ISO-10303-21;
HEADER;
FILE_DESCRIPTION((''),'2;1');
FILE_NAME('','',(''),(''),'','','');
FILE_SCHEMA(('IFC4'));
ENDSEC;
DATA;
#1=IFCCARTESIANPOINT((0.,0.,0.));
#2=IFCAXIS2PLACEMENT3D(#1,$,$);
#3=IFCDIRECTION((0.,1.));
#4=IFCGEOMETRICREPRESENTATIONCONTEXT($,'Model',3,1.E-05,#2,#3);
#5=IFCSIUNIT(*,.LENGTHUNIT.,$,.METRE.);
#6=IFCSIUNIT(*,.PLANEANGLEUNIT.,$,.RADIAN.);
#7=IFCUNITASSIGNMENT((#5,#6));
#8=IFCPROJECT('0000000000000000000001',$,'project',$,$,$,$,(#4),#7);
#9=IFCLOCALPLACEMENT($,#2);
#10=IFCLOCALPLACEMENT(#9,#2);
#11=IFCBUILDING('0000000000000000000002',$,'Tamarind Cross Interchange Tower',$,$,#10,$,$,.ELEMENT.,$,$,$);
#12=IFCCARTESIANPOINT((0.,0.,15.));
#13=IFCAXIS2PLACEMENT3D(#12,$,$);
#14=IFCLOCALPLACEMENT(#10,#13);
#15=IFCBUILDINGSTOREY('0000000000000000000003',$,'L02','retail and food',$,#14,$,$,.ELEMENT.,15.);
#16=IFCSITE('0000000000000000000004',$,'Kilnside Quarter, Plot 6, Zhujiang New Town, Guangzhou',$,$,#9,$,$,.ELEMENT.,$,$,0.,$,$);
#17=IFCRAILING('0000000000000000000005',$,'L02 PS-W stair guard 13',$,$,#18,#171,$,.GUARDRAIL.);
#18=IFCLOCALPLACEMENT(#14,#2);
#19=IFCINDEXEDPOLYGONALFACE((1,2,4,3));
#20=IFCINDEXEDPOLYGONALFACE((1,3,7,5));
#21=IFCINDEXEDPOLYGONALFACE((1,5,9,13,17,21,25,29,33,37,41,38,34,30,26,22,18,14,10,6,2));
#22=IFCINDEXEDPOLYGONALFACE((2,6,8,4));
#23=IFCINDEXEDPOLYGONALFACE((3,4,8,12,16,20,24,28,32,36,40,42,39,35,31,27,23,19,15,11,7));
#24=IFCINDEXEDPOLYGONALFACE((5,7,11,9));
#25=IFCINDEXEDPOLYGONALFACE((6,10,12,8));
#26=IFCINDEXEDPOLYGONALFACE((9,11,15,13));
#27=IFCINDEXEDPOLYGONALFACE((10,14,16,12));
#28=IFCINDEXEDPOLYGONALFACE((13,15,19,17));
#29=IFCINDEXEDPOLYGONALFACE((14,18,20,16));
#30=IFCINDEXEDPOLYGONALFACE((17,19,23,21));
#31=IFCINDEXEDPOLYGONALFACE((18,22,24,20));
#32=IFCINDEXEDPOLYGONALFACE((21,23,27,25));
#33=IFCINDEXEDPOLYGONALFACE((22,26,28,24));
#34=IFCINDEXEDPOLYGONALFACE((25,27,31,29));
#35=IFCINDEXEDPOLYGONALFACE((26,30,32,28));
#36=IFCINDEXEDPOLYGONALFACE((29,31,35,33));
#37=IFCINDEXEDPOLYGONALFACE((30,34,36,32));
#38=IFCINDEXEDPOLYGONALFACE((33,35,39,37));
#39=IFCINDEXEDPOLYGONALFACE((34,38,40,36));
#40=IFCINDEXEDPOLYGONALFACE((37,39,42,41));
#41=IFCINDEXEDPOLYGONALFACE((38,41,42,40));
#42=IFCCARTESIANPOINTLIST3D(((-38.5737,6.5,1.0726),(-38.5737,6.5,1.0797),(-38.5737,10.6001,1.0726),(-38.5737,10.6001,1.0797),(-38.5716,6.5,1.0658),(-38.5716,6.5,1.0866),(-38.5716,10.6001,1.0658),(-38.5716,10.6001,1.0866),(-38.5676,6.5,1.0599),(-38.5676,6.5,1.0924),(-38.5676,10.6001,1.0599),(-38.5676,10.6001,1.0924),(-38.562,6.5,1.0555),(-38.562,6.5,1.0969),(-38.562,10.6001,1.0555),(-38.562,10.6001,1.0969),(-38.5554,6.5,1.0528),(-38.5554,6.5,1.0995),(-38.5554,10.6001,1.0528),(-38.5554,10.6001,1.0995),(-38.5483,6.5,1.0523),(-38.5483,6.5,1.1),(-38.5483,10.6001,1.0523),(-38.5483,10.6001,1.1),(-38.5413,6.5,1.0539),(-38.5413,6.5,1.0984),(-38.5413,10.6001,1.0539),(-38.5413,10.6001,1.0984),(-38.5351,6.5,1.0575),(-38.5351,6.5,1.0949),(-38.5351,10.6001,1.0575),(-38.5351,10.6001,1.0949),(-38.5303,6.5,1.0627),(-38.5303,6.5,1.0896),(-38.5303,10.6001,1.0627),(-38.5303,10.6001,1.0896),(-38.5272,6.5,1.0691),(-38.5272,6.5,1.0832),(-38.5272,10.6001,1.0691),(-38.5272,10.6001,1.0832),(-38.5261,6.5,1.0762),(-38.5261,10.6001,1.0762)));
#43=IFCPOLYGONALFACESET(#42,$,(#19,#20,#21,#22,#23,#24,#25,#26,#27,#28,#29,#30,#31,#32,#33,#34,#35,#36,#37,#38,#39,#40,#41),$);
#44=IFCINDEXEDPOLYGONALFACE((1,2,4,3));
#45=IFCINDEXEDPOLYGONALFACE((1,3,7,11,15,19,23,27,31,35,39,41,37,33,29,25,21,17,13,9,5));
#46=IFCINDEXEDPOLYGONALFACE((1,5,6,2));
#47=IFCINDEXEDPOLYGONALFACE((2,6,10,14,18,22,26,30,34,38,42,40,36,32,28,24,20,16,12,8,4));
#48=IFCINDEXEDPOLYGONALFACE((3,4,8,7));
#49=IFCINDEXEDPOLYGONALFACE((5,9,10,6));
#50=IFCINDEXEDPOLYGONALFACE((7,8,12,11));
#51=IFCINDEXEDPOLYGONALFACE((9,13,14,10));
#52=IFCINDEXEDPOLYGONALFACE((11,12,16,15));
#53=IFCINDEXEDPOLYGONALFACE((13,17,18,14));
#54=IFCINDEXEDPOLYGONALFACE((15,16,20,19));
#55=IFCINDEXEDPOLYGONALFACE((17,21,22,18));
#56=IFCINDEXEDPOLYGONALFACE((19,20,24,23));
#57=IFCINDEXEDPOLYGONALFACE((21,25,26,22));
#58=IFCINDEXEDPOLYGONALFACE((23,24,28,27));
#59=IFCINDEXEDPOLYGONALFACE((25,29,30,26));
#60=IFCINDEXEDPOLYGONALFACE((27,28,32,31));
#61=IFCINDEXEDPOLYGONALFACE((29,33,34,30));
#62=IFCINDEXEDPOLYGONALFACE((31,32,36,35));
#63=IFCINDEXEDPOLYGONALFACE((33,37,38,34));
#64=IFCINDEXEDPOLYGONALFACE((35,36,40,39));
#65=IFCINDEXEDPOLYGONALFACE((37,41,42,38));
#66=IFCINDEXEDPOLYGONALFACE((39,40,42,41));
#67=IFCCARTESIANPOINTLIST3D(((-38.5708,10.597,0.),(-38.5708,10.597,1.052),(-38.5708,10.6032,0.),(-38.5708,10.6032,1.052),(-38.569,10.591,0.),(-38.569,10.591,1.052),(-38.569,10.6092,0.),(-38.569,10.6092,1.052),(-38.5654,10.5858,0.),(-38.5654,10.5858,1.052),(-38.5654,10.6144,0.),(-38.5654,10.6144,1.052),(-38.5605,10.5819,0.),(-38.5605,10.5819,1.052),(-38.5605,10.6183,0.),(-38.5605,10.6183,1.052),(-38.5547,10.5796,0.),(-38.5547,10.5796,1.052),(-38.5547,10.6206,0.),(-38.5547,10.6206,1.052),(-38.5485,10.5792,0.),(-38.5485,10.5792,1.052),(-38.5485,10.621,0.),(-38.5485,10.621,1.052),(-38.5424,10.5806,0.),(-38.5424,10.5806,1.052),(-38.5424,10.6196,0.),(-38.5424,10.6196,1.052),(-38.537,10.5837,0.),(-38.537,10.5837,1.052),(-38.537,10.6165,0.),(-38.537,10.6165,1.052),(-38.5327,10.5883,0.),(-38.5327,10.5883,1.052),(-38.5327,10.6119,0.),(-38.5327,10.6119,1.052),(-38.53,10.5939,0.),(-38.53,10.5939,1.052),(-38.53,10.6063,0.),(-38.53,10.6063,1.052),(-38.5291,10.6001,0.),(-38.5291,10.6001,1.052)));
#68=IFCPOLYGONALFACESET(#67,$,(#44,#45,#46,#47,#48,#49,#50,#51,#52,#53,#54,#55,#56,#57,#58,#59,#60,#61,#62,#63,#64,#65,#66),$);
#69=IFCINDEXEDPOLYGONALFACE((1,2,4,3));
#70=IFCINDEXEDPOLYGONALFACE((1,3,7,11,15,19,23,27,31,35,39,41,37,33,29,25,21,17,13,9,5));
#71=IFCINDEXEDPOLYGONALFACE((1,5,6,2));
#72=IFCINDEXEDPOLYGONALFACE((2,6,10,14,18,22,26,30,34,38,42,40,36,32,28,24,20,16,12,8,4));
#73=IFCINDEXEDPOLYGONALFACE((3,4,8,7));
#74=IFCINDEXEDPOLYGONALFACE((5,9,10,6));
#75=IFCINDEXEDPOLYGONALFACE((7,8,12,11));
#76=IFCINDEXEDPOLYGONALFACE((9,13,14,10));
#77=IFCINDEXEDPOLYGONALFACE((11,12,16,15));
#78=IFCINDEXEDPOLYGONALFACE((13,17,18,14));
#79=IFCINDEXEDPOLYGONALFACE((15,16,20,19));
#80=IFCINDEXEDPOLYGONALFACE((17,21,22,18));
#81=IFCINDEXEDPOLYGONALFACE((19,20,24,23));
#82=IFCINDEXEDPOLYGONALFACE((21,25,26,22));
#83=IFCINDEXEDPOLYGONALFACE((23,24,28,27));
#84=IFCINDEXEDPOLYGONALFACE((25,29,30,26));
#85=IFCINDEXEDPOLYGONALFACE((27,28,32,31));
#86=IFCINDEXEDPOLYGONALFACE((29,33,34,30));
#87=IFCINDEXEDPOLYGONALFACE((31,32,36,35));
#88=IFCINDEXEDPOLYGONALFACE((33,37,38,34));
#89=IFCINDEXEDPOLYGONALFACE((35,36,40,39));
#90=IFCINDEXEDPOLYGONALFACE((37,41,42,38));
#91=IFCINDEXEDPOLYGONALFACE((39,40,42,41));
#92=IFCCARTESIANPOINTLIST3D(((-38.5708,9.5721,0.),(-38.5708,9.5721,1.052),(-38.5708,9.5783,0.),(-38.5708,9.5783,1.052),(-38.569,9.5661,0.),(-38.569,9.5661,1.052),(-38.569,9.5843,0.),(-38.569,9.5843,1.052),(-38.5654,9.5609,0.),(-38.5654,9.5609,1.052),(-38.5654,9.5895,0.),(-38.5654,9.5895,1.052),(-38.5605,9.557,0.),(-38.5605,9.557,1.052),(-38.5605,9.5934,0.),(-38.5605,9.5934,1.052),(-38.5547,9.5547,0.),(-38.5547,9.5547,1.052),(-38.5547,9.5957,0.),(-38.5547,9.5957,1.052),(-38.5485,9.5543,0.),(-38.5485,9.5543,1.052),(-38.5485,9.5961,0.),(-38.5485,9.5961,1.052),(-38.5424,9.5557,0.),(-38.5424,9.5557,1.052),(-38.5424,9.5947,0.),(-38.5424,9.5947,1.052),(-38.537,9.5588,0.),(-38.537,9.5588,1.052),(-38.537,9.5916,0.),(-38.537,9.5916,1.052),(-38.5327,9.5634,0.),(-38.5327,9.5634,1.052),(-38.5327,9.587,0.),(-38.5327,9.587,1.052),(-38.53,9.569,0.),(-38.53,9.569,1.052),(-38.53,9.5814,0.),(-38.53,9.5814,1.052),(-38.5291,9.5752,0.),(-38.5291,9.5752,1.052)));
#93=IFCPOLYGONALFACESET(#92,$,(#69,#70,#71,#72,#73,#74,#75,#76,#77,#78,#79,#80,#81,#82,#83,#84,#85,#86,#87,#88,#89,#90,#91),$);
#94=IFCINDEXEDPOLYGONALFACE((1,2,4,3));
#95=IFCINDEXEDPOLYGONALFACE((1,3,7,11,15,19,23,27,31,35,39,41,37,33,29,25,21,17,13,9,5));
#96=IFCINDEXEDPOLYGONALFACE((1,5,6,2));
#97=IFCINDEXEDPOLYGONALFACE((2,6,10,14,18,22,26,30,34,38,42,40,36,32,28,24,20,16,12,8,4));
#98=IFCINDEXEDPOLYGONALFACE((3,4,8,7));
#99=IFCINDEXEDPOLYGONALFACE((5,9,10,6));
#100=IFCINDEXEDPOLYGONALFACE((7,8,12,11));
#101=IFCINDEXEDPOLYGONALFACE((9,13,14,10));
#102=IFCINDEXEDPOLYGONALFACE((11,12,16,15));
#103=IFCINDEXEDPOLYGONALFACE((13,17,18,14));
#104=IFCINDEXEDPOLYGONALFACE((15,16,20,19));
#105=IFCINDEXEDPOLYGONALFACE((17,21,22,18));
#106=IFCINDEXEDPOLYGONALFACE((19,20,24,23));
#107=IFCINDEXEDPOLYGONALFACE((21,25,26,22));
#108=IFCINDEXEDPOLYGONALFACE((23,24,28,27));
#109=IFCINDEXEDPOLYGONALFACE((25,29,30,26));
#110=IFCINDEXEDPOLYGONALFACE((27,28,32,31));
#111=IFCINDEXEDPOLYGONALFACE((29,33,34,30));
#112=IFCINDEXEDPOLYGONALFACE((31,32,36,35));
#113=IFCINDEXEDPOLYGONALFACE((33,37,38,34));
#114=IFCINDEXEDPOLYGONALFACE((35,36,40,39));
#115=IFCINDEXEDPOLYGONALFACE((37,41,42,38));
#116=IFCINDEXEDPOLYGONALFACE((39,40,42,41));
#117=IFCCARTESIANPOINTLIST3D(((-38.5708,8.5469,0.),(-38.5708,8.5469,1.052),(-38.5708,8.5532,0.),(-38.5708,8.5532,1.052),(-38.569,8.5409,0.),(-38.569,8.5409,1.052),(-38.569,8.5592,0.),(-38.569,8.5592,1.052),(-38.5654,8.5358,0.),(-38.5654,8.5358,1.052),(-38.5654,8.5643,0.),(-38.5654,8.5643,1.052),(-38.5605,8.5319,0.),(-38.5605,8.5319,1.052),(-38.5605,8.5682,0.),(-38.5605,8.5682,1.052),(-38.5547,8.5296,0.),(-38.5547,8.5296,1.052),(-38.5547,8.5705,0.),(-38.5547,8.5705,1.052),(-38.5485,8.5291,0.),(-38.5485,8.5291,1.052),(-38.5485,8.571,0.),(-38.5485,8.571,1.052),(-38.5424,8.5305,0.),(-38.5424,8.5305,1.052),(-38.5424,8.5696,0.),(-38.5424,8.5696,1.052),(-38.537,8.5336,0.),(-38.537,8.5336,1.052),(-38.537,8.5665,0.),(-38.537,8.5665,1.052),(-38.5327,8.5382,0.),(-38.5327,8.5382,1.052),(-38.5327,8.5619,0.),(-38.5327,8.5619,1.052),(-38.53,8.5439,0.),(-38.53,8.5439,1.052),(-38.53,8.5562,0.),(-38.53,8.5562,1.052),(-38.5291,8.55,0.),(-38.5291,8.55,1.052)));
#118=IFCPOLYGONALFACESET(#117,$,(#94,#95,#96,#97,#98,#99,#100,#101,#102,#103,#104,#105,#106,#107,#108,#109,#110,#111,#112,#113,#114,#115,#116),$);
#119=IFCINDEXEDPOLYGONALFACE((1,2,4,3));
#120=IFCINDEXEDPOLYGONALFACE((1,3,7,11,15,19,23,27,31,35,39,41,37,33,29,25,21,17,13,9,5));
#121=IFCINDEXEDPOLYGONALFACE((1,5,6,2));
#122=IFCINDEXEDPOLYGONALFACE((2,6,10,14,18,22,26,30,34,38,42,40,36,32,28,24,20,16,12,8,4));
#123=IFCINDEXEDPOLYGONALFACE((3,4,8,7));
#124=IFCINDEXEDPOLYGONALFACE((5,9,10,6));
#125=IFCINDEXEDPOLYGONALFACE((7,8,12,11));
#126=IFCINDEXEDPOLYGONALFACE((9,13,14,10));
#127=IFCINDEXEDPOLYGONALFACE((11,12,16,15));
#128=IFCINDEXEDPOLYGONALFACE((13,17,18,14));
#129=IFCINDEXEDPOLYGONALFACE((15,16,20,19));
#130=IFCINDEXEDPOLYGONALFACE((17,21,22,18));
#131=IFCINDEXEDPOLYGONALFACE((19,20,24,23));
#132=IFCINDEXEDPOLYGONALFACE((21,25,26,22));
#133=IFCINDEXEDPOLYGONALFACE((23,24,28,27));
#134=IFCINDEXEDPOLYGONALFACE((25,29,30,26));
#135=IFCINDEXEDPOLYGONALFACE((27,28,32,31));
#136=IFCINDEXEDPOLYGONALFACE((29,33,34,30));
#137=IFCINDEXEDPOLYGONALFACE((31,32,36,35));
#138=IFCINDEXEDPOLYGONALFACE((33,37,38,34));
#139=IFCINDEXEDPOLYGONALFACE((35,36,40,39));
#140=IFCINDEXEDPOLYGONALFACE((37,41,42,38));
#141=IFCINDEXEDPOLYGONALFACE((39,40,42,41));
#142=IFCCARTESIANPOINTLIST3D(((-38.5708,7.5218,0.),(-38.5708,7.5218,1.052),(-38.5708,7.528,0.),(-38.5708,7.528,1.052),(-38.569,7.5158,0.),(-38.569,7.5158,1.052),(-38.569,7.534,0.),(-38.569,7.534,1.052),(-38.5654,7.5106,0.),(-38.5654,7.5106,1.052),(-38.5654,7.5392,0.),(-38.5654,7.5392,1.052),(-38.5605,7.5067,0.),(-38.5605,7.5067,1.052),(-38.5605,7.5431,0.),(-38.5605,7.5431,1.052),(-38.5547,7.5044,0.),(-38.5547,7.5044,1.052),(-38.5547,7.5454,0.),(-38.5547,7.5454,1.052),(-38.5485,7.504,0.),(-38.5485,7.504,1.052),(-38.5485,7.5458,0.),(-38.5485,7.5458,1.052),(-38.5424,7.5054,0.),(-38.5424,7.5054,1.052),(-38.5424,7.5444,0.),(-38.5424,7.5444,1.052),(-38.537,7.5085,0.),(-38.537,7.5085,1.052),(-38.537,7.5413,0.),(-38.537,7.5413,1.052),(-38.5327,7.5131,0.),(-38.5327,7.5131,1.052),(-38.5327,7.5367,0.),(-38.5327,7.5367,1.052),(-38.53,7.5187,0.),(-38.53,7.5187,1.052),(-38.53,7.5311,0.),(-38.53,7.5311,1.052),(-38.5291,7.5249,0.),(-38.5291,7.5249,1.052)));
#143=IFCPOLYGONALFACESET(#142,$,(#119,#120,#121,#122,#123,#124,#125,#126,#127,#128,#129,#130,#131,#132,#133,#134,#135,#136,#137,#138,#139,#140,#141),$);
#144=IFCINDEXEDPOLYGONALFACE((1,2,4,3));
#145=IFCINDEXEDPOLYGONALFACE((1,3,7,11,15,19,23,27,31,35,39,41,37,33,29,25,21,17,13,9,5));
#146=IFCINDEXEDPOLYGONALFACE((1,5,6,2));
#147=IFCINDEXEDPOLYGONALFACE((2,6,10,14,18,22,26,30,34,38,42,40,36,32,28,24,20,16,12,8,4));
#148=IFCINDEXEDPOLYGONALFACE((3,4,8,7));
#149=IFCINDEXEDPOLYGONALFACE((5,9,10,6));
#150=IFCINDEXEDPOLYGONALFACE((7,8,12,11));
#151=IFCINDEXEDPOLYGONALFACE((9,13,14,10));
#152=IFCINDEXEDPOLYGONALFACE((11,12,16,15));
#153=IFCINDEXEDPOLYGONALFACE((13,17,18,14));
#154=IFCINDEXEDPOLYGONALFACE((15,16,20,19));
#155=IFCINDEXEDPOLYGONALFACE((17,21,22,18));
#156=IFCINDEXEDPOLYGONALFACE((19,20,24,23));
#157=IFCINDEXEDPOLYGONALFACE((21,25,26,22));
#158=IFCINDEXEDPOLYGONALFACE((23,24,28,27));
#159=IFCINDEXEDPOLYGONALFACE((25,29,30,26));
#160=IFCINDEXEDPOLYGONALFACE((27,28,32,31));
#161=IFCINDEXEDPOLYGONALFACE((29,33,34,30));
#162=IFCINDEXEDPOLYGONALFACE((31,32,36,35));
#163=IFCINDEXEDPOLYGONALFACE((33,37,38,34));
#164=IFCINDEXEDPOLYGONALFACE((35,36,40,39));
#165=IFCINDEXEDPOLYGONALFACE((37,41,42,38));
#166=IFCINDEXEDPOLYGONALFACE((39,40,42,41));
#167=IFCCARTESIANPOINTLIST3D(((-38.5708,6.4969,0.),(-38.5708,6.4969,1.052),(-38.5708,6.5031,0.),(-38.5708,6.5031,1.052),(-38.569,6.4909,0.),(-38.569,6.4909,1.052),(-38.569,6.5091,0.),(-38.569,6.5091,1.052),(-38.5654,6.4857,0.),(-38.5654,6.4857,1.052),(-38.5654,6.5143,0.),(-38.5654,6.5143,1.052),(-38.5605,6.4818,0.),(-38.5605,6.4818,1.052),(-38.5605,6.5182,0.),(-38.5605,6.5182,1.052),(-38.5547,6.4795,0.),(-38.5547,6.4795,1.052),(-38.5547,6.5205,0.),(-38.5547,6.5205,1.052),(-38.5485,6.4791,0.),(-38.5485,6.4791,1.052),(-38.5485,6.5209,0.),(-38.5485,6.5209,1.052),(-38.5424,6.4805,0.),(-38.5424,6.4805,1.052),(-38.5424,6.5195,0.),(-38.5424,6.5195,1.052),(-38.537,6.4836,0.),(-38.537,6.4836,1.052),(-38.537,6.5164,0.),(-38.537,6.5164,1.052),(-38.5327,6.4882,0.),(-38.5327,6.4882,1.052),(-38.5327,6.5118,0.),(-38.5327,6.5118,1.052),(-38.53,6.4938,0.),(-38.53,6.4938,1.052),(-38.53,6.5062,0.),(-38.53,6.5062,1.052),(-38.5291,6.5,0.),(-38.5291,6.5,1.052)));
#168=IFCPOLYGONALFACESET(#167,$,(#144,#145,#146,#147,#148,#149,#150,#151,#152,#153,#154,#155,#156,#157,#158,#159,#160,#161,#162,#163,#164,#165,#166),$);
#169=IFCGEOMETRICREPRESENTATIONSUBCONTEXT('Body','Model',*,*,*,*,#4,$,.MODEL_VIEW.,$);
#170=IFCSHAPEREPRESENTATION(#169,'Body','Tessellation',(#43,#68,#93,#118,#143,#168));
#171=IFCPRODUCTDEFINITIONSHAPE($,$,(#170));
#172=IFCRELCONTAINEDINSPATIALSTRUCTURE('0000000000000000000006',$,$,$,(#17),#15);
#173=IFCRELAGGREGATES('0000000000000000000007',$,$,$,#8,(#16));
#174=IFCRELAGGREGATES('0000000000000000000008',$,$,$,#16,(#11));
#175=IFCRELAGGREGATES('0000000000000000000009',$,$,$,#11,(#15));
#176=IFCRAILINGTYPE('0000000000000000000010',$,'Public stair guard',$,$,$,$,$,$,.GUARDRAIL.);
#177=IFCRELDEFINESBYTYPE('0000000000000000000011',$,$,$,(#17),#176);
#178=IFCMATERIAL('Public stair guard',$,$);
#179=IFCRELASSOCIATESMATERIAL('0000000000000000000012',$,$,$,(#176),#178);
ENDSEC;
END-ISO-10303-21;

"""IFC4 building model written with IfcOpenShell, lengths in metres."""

from ifc_helpers import new_model, si_unit, direction, frame, origin, origin_2d, place, context, subcontext, project, spatial, circle, extrude, material, type_object, element, save


model = new_model("IFC4")

# Units and contexts
model_context = context("Model", 3, precision=1e-05, world=origin(), true_north=direction((0.0, 1.0)))
body_context = subcontext(model_context, "Body", "Model", "MODEL_VIEW")
ifc_project = project(units=[si_unit("LENGTHUNIT", "METRE"), si_unit("PLANEANGLEUNIT", "RADIAN")], contexts=[model_context])

# Site, building, storey
site_placement = place(None, origin())
site = spatial("IfcSite", under=ifc_project, at=site_placement, Name="Kilnside Quarter, Plot 6, Zhujiang New Town, Guangzhou", CompositionType="ELEMENT", RefElevation=0.0)
building_placement = place(site_placement, origin())
building = spatial("IfcBuilding", under=site, at=building_placement, Name="Tamarind Cross Interchange Tower", CompositionType="ELEMENT")
storey_placement = place(building_placement, frame((0.0, 0.0, 15.0)))
storey = spatial("IfcBuildingStorey", under=building, at=storey_placement, Name="L02", Description="retail and food", CompositionType="ELEMENT", Elevation=15.0)

# Railing
ifc_material_1 = material(Name="Public stair guard")
railing_type_1 = type_object("IfcRailingType", Name="Public stair guard", PredefinedType="GUARDRAIL", material=ifc_material_1)
railing_1_placement = place(storey_placement, frame((-38.55, 10.6001, 0.0)))
element("IfcRailing", 1, at=railing_1_placement, inside=storey, type_object=railing_type_1, Name="L02 PS-W stair guard 13", PredefinedType="GUARDRAIL", context=body_context, shape_type="SweptSolid", body=[
    extrude(circle(Radius=0.0239, at=origin_2d()), frame((0.0, 0.0, 1.0762), z_axis=(0.0, -1.0, 0.0), x_axis=(1.0, 0.0, 0.0)), (0.0, 0.0, 1.0), 4.1001),
    extrude(circle(Radius=0.021, at=origin_2d()), origin(), (0.0, 0.0, 1.0), 1.052),
    extrude(circle(Radius=0.021, at=origin_2d()), frame((0.0, -1.0249, 0.0)), (0.0, 0.0, 1.0), 1.052),
    extrude(circle(Radius=0.021, at=origin_2d()), frame((0.0, -2.05, 0.0)), (0.0, 0.0, 1.0), 1.052),
    extrude(circle(Radius=0.021, at=origin_2d()), frame((0.0, -3.0752, 0.0)), (0.0, 0.0, 1.0), 1.052),
    extrude(circle(Radius=0.021, at=origin_2d()), frame((0.0, -4.1001, 0.0)), (0.0, 0.0, 1.0), 1.052),
])

save(model, "model.ifc")
